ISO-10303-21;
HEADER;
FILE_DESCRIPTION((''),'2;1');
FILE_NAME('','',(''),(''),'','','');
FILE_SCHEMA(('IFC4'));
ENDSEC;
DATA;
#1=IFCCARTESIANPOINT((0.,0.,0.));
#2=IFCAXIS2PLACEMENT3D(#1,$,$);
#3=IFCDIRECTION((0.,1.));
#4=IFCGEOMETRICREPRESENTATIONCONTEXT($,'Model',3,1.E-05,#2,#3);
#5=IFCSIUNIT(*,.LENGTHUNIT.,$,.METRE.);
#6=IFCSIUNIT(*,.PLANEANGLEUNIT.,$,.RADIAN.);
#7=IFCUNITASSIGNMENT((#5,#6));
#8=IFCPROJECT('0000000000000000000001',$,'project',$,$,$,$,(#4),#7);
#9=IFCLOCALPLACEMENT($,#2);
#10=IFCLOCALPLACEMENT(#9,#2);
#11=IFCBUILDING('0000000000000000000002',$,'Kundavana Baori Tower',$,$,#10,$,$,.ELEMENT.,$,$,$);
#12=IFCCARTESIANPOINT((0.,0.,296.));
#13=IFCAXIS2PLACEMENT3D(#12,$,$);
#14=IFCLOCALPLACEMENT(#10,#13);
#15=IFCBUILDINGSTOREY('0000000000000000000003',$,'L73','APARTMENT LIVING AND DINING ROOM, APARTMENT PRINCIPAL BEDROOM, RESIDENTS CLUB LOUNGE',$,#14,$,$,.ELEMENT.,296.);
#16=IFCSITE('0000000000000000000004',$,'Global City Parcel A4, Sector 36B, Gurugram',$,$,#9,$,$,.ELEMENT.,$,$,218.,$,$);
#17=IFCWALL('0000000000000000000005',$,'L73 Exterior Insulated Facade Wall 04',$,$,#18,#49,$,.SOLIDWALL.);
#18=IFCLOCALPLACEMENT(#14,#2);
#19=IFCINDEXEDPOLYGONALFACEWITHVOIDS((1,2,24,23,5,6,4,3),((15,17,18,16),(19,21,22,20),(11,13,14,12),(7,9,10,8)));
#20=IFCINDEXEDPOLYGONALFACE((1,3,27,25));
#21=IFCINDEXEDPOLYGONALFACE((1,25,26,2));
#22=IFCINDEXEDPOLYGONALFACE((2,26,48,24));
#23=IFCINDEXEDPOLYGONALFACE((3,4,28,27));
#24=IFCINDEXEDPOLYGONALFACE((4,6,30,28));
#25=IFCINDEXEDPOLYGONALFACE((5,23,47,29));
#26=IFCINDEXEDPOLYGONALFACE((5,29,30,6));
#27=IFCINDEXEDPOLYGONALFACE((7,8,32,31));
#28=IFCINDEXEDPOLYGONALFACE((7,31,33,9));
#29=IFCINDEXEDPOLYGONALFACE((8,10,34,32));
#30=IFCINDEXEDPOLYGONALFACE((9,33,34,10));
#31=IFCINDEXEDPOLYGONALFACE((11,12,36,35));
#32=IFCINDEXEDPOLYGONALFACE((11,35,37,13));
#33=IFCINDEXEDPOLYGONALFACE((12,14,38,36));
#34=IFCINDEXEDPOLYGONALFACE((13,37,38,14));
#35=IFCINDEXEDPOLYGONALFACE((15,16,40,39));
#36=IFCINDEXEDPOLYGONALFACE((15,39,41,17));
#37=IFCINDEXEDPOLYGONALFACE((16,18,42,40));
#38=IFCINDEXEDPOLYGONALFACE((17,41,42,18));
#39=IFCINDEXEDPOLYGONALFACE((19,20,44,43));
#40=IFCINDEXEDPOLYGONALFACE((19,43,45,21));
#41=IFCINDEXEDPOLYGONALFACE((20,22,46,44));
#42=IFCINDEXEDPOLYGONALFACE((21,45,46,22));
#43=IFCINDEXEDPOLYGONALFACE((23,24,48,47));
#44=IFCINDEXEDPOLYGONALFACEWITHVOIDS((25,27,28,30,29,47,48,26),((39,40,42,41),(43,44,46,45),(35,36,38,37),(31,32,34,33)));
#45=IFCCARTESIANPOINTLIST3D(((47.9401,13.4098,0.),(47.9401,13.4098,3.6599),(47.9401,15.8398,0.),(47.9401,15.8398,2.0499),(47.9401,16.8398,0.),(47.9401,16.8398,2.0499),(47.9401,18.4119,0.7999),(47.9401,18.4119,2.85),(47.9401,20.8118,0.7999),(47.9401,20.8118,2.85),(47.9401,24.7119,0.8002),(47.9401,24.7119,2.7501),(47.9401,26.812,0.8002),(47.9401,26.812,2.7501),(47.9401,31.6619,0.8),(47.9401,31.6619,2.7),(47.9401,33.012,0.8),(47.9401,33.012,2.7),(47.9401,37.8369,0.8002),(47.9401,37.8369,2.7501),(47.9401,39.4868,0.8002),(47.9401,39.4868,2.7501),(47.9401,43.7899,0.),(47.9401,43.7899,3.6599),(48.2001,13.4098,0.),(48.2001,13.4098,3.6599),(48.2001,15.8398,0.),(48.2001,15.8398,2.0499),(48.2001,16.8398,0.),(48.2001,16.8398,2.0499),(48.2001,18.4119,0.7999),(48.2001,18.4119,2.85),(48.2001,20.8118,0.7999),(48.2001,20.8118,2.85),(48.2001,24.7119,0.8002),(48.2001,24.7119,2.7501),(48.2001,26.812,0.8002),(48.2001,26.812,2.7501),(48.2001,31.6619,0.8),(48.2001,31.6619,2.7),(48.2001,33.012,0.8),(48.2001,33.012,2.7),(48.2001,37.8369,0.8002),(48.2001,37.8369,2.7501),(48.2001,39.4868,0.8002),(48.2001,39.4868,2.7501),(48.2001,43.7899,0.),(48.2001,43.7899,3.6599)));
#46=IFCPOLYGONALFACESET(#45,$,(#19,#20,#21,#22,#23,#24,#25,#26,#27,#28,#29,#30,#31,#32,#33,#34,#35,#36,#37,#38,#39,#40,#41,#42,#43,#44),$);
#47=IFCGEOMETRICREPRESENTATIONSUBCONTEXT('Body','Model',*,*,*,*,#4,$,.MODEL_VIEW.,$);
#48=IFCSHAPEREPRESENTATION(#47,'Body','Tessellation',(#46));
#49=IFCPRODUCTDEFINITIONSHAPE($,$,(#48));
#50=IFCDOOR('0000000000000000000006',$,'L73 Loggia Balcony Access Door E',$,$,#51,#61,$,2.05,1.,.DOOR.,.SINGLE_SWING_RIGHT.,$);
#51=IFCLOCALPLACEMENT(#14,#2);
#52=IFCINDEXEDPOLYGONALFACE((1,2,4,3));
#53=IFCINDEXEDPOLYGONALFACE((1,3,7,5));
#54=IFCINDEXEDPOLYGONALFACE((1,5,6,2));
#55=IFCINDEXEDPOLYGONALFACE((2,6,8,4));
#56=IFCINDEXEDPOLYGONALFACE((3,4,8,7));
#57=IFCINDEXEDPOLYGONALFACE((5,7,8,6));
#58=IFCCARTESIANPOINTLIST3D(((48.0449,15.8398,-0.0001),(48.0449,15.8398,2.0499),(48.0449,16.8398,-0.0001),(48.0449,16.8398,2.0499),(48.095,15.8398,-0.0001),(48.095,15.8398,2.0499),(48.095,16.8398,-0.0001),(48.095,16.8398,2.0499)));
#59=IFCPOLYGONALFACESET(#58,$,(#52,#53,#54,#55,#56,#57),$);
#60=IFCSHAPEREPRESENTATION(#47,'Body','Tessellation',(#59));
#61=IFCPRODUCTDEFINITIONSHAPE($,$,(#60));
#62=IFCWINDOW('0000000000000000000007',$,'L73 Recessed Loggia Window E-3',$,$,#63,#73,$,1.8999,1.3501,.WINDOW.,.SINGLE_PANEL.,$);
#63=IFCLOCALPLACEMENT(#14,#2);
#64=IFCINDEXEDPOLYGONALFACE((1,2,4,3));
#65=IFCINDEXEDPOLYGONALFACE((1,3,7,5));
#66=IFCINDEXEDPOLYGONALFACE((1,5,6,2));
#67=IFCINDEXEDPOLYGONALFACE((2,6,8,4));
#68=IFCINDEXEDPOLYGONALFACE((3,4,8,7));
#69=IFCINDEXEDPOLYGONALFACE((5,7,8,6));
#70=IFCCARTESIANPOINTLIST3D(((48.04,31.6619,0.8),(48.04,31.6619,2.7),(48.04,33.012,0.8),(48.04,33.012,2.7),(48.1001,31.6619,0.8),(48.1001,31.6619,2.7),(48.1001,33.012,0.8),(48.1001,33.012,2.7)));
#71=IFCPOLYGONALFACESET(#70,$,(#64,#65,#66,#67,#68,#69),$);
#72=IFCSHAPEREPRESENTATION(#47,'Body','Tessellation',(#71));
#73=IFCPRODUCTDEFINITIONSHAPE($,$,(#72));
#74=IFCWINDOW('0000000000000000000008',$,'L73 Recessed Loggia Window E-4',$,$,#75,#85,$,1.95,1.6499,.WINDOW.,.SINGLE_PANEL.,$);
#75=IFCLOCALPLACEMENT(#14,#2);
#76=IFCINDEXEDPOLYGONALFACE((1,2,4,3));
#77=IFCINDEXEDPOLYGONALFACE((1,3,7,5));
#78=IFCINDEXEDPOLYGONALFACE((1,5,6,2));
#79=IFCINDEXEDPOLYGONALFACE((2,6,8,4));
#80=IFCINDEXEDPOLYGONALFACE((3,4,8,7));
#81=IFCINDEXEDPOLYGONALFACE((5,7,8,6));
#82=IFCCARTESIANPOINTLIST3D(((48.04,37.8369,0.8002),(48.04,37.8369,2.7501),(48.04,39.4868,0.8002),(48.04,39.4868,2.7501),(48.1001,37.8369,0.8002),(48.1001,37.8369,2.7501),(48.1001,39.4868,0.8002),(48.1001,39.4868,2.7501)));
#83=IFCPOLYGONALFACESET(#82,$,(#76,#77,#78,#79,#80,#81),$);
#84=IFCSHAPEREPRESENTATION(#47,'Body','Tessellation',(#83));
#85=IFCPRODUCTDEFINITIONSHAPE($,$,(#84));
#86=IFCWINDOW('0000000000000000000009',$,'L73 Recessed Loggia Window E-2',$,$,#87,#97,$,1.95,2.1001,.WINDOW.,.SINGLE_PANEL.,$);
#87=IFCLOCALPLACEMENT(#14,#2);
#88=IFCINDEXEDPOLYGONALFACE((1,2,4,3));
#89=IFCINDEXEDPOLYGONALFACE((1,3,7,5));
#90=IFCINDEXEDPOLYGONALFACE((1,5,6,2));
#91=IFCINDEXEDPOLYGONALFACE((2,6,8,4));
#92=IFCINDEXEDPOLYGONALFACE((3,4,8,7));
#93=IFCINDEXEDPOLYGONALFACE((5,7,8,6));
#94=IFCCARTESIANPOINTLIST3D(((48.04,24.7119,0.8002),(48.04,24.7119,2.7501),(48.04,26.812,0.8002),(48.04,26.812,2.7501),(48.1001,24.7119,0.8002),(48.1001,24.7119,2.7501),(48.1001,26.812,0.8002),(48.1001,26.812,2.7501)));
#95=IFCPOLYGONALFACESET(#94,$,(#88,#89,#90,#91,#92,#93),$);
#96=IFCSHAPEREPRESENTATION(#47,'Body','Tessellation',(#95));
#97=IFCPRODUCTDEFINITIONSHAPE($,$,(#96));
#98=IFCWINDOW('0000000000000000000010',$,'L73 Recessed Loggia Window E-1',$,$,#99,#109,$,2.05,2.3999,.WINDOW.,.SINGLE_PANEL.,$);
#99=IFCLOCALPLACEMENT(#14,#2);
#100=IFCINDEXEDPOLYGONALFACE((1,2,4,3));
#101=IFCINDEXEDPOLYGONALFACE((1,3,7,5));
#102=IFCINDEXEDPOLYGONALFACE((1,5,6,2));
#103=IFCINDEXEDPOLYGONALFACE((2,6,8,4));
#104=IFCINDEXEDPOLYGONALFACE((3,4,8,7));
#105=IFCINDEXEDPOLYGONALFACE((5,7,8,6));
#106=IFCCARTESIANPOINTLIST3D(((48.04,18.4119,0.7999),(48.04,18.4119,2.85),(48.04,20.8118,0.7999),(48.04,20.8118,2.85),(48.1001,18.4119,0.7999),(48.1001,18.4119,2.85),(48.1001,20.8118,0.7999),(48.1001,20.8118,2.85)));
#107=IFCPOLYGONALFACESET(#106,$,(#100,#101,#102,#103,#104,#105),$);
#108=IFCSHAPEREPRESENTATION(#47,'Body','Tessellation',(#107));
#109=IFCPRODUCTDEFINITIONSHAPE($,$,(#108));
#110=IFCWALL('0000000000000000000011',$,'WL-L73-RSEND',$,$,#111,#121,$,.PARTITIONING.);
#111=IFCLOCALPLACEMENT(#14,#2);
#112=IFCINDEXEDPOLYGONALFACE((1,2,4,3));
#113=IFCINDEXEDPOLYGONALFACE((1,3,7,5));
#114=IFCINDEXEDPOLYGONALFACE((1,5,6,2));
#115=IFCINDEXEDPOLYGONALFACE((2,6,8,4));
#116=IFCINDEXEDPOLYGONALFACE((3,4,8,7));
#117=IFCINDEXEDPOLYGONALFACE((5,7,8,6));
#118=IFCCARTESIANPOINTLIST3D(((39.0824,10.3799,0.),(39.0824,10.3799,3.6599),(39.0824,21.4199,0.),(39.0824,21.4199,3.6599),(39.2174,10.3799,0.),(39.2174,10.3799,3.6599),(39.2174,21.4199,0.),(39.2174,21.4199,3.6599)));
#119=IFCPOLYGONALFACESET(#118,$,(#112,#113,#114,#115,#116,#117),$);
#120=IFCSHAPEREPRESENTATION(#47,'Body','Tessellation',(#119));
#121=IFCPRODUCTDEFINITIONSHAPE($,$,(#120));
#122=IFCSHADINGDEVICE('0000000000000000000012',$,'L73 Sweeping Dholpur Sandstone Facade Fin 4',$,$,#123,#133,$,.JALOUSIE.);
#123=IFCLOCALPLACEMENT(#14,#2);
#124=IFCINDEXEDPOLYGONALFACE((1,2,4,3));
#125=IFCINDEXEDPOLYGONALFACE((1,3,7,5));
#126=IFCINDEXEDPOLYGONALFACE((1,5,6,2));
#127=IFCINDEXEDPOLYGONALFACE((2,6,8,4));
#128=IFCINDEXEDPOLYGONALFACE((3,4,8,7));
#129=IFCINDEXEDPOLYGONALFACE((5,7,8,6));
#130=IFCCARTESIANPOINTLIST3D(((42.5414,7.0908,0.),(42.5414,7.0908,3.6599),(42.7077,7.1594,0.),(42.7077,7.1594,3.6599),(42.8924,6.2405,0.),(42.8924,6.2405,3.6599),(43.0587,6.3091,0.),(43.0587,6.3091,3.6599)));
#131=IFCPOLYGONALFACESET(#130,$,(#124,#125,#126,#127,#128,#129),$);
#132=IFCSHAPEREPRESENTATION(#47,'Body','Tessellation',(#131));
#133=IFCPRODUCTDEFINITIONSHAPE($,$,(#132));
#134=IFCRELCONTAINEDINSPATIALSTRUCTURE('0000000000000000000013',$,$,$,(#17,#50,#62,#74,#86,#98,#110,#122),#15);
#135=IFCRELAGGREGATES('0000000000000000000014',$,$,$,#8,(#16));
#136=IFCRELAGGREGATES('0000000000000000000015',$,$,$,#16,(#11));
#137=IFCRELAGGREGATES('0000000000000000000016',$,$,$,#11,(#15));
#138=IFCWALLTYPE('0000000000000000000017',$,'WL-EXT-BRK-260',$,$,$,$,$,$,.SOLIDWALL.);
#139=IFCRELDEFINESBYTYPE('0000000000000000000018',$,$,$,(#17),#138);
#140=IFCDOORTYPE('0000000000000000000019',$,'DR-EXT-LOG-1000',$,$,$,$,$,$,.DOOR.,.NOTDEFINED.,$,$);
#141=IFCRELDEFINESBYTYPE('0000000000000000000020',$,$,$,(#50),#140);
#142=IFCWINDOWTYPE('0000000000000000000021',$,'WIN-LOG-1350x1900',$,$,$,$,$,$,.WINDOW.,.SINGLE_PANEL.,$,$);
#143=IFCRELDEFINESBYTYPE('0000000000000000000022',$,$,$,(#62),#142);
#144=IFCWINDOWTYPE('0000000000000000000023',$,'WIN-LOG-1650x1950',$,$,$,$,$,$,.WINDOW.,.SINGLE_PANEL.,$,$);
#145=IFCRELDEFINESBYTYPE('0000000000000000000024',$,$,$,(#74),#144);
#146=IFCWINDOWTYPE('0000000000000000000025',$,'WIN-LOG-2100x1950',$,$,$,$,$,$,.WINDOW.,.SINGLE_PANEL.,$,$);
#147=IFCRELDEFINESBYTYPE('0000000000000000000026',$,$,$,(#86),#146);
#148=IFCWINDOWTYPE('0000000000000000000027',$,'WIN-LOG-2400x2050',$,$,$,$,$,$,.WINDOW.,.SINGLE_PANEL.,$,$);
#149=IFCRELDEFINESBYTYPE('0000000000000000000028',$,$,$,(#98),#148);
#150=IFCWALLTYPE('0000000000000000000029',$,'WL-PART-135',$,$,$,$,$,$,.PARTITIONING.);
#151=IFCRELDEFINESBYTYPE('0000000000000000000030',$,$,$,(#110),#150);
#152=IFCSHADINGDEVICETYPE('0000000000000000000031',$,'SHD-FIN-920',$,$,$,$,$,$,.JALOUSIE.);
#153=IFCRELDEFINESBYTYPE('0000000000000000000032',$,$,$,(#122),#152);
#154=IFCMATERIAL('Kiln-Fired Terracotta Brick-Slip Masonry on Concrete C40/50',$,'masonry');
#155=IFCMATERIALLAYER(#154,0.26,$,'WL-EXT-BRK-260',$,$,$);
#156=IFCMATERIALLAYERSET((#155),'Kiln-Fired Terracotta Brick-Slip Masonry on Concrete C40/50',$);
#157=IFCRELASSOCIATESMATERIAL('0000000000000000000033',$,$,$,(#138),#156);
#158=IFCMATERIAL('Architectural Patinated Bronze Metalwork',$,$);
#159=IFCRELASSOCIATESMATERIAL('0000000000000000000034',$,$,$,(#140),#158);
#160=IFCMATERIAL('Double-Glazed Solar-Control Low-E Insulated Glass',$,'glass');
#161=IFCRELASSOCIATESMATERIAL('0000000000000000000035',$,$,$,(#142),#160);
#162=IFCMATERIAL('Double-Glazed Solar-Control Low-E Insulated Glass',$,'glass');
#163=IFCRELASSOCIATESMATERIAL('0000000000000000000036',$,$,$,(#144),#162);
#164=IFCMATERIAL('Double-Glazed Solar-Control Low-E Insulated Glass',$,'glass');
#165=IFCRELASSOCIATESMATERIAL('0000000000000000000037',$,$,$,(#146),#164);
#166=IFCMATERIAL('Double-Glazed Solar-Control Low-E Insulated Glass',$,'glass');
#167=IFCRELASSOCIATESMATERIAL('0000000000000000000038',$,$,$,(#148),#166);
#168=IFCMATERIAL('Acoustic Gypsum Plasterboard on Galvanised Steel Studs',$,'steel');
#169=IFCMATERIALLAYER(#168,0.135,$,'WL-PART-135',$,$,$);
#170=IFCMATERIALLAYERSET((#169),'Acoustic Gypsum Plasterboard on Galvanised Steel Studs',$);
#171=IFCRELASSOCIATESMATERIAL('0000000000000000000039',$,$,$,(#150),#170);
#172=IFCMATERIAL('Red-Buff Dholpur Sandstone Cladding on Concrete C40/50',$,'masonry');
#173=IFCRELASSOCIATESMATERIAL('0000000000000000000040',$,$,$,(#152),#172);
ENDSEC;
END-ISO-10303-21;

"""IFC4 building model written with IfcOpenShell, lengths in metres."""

from ifc_helpers import new_model, si_unit, direction, frame, frame_2d, origin, origin_2d, place, context, subcontext, project, spatial, rectangle, extrude, material, layer, layer_set, type_object, element, fill, save


model = new_model("IFC4")

# Units and contexts
model_context = context("Model", 3, precision=1e-05, world=origin(), true_north=direction((0.0, 1.0)))
body_context = subcontext(model_context, "Body", "Model", "MODEL_VIEW")
ifc_project = project(units=[si_unit("LENGTHUNIT", "METRE"), si_unit("PLANEANGLEUNIT", "RADIAN")], contexts=[model_context])

# Site, building, storey
site_placement = place(None, origin())
site = spatial("IfcSite", under=ifc_project, at=site_placement, Name="Global City Parcel A4, Sector 36B, Gurugram", CompositionType="ELEMENT", RefElevation=218.0)
building_placement = place(site_placement, origin())
building = spatial("IfcBuilding", under=site, at=building_placement, Name="Kundavana Baori Tower", CompositionType="ELEMENT")
storey_placement = place(building_placement, frame((0.0, 0.0, 296.0)))
storey = spatial("IfcBuildingStorey", under=building, at=storey_placement, Name="L73", Description="APARTMENT LIVING AND DINING ROOM, APARTMENT PRINCIPAL BEDROOM, RESIDENTS CLUB LOUNGE", CompositionType="ELEMENT", Elevation=296.0)

# Shared definitions
ifc_material_1 = material(Name="Kiln-Fired Terracotta Brick-Slip Masonry on Concrete C40/50", Category="masonry")
ifc_layer_1 = layer(ifc_material_1, 0.26, Name="WL-EXT-BRK-260")
ifc_layer_set_1 = layer_set([ifc_layer_1], Name="Kiln-Fired Terracotta Brick-Slip Masonry on Concrete C40/50")
wall_type_1 = type_object("IfcWallType", Name="WL-EXT-BRK-260", PredefinedType="SOLIDWALL", material=ifc_layer_set_1)

# Wall, openings, door, windows
wall_1_placement = place(storey_placement, frame((48.0701, 13.4099, 0.0), z_axis=(0.0, 0.0, 1.0), x_axis=(0.0, 1.0, 0.0)))
wall_1 = element("IfcWall", 1, at=wall_1_placement, inside=storey, type_object=wall_type_1, Name="L73 Exterior Insulated Facade Wall 04", PredefinedType="SOLIDWALL", context=body_context, shape_type="SweptSolid", body=[
    extrude(rectangle(XDim=30.3801, YDim=0.26, at=frame_2d((15.1899, 0.0))), origin(), (0.0, 0.0, 1.0), 3.6599),
])
opening_1_placement = place(wall_1_placement, frame((2.4299, 0.0, 0.0)))
opening_1 = element("IfcOpeningElement", 2, at=opening_1_placement, cuts=wall_1, PredefinedType="OPENING", context=body_context, shape_type="SweptSolid", body=[
    extrude(rectangle(XDim=1.0, YDim=2.05, at=frame_2d((0.5, 1.0249))), frame((0.0, 0.1401, 0.0), z_axis=(0.0, -1.0, 0.0), x_axis=(1.0, 0.0, 0.0)), (0.0, 0.0, 1.0), 0.28),
])
opening_2_placement = place(wall_1_placement, frame((5.002, 0.0, 0.8)))
opening_2 = element("IfcOpeningElement", 3, at=opening_2_placement, cuts=wall_1, PredefinedType="OPENING", context=body_context, shape_type="SweptSolid", body=[
    extrude(rectangle(XDim=2.3999, YDim=2.05, at=frame_2d((1.2, 1.0249))), frame((0.0, 0.1401, 0.0), z_axis=(0.0, -1.0, 0.0), x_axis=(1.0, 0.0, 0.0)), (0.0, 0.0, 1.0), 0.28),
])
opening_3_placement = place(wall_1_placement, frame((11.302, 0.0, 0.8)))
opening_3 = element("IfcOpeningElement", 4, at=opening_3_placement, cuts=wall_1, PredefinedType="OPENING", context=body_context, shape_type="SweptSolid", body=[
    extrude(rectangle(XDim=2.1001, YDim=1.95, at=frame_2d((1.05, 0.9751))), frame((0.0, 0.1401, 0.0), z_axis=(0.0, -1.0, 0.0), x_axis=(1.0, 0.0, 0.0)), (0.0, 0.0, 1.0), 0.28),
])
opening_4_placement = place(wall_1_placement, frame((18.252, 0.0, 0.8)))
opening_4 = element("IfcOpeningElement", 5, at=opening_4_placement, cuts=wall_1, PredefinedType="OPENING", context=body_context, shape_type="SweptSolid", body=[
    extrude(rectangle(XDim=1.3501, YDim=1.8999, at=frame_2d((0.675, 0.95))), frame((0.0, 0.1401, 0.0), z_axis=(0.0, -1.0, 0.0), x_axis=(1.0, 0.0, 0.0)), (0.0, 0.0, 1.0), 0.28),
])
opening_5_placement = place(wall_1_placement, frame((24.427, 0.0, 0.8)))
opening_5 = element("IfcOpeningElement", 6, at=opening_5_placement, cuts=wall_1, PredefinedType="OPENING", context=body_context, shape_type="SweptSolid", body=[
    extrude(rectangle(XDim=1.6499, YDim=1.95, at=frame_2d((0.825, 0.9751))), frame((0.0, 0.1401, 0.0), z_axis=(0.0, -1.0, 0.0), x_axis=(1.0, 0.0, 0.0)), (0.0, 0.0, 1.0), 0.28),
])
ifc_material_2 = material(Name="Architectural Patinated Bronze Metalwork")
door_type = type_object("IfcDoorType", Name="DR-EXT-LOG-1000", OperationType="NOTDEFINED", PredefinedType="DOOR", material=ifc_material_2)
door_placement = place(opening_1_placement, frame((1.0, 0.0, 0.0), z_axis=(0.0, 0.0, 1.0), x_axis=(-1.0, 0.0, 0.0)))
door = element("IfcDoor", 7, at=door_placement, inside=storey, type_object=door_type, Name="L73 Loggia Balcony Access Door E", OperationType="SINGLE_SWING_RIGHT", OverallHeight=2.05, OverallWidth=1.0, PredefinedType="DOOR", context=body_context, shape_type="SweptSolid", body=[
    extrude(rectangle(XDim=1.0, YDim=2.05, at=frame_2d((0.5, 1.0249))), frame((0.0, 0.0249, 0.0), z_axis=(0.0, -1.0, 0.0), x_axis=(1.0, 0.0, 0.0)), (0.0, 0.0, 1.0), 0.05),
])
fill(opening_1, door)
ifc_material_3 = material(Name="Double-Glazed Solar-Control Low-E Insulated Glass", Category="glass")
window_type_1 = type_object("IfcWindowType", Name="WIN-LOG-1350x1900", PartitioningType="SINGLE_PANEL", PredefinedType="WINDOW", material=ifc_material_3)
window_1_placement = place(opening_4_placement, origin())
window_1 = element("IfcWindow", 8, at=window_1_placement, inside=storey, type_object=window_type_1, Name="L73 Recessed Loggia Window E-3", OverallHeight=1.8999, OverallWidth=1.3501, PartitioningType="SINGLE_PANEL", PredefinedType="WINDOW", context=body_context, shape_type="SweptSolid", body=[
    extrude(rectangle(XDim=1.3501, YDim=1.8999, at=frame_2d((0.675, 0.95))), frame((0.0, 0.03, 0.0), z_axis=(0.0, -1.0, 0.0), x_axis=(1.0, 0.0, 0.0)), (0.0, 0.0, 1.0), 0.0601),
])
fill(opening_4, window_1)
ifc_material_4 = material(Name="Double-Glazed Solar-Control Low-E Insulated Glass", Category="glass")
window_type_2 = type_object("IfcWindowType", Name="WIN-LOG-1650x1950", PartitioningType="SINGLE_PANEL", PredefinedType="WINDOW", material=ifc_material_4)
window_2_placement = place(opening_5_placement, origin())
window_2 = element("IfcWindow", 9, at=window_2_placement, inside=storey, type_object=window_type_2, Name="L73 Recessed Loggia Window E-4", OverallHeight=1.95, OverallWidth=1.6499, PartitioningType="SINGLE_PANEL", PredefinedType="WINDOW", context=body_context, shape_type="SweptSolid", body=[
    extrude(rectangle(XDim=1.6499, YDim=1.95, at=frame_2d((0.825, 0.9751))), frame((0.0, 0.03, 0.0), z_axis=(0.0, -1.0, 0.0), x_axis=(1.0, 0.0, 0.0)), (0.0, 0.0, 1.0), 0.0601),
])
fill(opening_5, window_2)
ifc_material_5 = material(Name="Double-Glazed Solar-Control Low-E Insulated Glass", Category="glass")
window_type_3 = type_object("IfcWindowType", Name="WIN-LOG-2100x1950", PartitioningType="SINGLE_PANEL", PredefinedType="WINDOW", material=ifc_material_5)
window_3_placement = place(opening_3_placement, origin())
window_3 = element("IfcWindow", 10, at=window_3_placement, inside=storey, type_object=window_type_3, Name="L73 Recessed Loggia Window E-2", OverallHeight=1.95, OverallWidth=2.1001, PartitioningType="SINGLE_PANEL", PredefinedType="WINDOW", context=body_context, shape_type="SweptSolid", body=[
    extrude(rectangle(XDim=2.1001, YDim=1.95, at=frame_2d((1.05, 0.9751))), frame((0.0, 0.03, 0.0), z_axis=(0.0, -1.0, 0.0), x_axis=(1.0, 0.0, 0.0)), (0.0, 0.0, 1.0), 0.0601),
])
fill(opening_3, window_3)
ifc_material_6 = material(Name="Double-Glazed Solar-Control Low-E Insulated Glass", Category="glass")
window_type_4 = type_object("IfcWindowType", Name="WIN-LOG-2400x2050", PartitioningType="SINGLE_PANEL", PredefinedType="WINDOW", material=ifc_material_6)
window_4_placement = place(opening_2_placement, origin())
window_4 = element("IfcWindow", 11, at=window_4_placement, inside=storey, type_object=window_type_4, Name="L73 Recessed Loggia Window E-1", OverallHeight=2.05, OverallWidth=2.3999, PartitioningType="SINGLE_PANEL", PredefinedType="WINDOW", context=body_context, shape_type="SweptSolid", body=[
    extrude(rectangle(XDim=2.3999, YDim=2.05, at=frame_2d((1.2, 1.0249))), frame((0.0, 0.03, 0.0), z_axis=(0.0, -1.0, 0.0), x_axis=(1.0, 0.0, 0.0)), (0.0, 0.0, 1.0), 0.0601),
])
fill(opening_2, window_4)

# Wall
ifc_material_7 = material(Name="Acoustic Gypsum Plasterboard on Galvanised Steel Studs", Category="steel")
ifc_layer_2 = layer(ifc_material_7, 0.135, Name="WL-PART-135")
ifc_layer_set_2 = layer_set([ifc_layer_2], Name="Acoustic Gypsum Plasterboard on Galvanised Steel Studs")
wall_type_2 = type_object("IfcWallType", Name="WL-PART-135", PredefinedType="PARTITIONING", material=ifc_layer_set_2)
wall_2_placement = place(storey_placement, frame((39.1499, 10.3799, 0.0), z_axis=(0.0, 0.0, 1.0), x_axis=(0.0, 1.0, 0.0)))
element("IfcWall", 12, at=wall_2_placement, inside=storey, type_object=wall_type_2, Name="WL-L73-RSEND", PredefinedType="PARTITIONING", context=body_context, shape_type="SweptSolid", body=[
    extrude(rectangle(XDim=11.04, YDim=0.135, at=frame_2d((5.52, 0.0))), origin(), (0.0, 0.0, 1.0), 3.6599),
])

# Shading device
ifc_material_8 = material(Name="Red-Buff Dholpur Sandstone Cladding on Concrete C40/50", Category="masonry")
shading_device_type = type_object("IfcShadingDeviceType", Name="SHD-FIN-920", PredefinedType="JALOUSIE", material=ifc_material_8)
shading_device_placement = place(storey_placement, frame((42.8, 6.7, 0.0), z_axis=(0.0, 0.0, 1.0), x_axis=(0.924346, 0.381554, 0.0)))
element("IfcShadingDevice", 13, at=shading_device_placement, inside=storey, type_object=shading_device_type, Name="L73 Sweeping Dholpur Sandstone Facade Fin 4", PredefinedType="JALOUSIE", context=body_context, shape_type="SweptSolid", body=[
    extrude(rectangle(XDim=0.1799, YDim=0.9199, at=origin_2d()), origin(), (0.0, 0.0, 1.0), 3.6599),
])

save(model, "model.ifc")
